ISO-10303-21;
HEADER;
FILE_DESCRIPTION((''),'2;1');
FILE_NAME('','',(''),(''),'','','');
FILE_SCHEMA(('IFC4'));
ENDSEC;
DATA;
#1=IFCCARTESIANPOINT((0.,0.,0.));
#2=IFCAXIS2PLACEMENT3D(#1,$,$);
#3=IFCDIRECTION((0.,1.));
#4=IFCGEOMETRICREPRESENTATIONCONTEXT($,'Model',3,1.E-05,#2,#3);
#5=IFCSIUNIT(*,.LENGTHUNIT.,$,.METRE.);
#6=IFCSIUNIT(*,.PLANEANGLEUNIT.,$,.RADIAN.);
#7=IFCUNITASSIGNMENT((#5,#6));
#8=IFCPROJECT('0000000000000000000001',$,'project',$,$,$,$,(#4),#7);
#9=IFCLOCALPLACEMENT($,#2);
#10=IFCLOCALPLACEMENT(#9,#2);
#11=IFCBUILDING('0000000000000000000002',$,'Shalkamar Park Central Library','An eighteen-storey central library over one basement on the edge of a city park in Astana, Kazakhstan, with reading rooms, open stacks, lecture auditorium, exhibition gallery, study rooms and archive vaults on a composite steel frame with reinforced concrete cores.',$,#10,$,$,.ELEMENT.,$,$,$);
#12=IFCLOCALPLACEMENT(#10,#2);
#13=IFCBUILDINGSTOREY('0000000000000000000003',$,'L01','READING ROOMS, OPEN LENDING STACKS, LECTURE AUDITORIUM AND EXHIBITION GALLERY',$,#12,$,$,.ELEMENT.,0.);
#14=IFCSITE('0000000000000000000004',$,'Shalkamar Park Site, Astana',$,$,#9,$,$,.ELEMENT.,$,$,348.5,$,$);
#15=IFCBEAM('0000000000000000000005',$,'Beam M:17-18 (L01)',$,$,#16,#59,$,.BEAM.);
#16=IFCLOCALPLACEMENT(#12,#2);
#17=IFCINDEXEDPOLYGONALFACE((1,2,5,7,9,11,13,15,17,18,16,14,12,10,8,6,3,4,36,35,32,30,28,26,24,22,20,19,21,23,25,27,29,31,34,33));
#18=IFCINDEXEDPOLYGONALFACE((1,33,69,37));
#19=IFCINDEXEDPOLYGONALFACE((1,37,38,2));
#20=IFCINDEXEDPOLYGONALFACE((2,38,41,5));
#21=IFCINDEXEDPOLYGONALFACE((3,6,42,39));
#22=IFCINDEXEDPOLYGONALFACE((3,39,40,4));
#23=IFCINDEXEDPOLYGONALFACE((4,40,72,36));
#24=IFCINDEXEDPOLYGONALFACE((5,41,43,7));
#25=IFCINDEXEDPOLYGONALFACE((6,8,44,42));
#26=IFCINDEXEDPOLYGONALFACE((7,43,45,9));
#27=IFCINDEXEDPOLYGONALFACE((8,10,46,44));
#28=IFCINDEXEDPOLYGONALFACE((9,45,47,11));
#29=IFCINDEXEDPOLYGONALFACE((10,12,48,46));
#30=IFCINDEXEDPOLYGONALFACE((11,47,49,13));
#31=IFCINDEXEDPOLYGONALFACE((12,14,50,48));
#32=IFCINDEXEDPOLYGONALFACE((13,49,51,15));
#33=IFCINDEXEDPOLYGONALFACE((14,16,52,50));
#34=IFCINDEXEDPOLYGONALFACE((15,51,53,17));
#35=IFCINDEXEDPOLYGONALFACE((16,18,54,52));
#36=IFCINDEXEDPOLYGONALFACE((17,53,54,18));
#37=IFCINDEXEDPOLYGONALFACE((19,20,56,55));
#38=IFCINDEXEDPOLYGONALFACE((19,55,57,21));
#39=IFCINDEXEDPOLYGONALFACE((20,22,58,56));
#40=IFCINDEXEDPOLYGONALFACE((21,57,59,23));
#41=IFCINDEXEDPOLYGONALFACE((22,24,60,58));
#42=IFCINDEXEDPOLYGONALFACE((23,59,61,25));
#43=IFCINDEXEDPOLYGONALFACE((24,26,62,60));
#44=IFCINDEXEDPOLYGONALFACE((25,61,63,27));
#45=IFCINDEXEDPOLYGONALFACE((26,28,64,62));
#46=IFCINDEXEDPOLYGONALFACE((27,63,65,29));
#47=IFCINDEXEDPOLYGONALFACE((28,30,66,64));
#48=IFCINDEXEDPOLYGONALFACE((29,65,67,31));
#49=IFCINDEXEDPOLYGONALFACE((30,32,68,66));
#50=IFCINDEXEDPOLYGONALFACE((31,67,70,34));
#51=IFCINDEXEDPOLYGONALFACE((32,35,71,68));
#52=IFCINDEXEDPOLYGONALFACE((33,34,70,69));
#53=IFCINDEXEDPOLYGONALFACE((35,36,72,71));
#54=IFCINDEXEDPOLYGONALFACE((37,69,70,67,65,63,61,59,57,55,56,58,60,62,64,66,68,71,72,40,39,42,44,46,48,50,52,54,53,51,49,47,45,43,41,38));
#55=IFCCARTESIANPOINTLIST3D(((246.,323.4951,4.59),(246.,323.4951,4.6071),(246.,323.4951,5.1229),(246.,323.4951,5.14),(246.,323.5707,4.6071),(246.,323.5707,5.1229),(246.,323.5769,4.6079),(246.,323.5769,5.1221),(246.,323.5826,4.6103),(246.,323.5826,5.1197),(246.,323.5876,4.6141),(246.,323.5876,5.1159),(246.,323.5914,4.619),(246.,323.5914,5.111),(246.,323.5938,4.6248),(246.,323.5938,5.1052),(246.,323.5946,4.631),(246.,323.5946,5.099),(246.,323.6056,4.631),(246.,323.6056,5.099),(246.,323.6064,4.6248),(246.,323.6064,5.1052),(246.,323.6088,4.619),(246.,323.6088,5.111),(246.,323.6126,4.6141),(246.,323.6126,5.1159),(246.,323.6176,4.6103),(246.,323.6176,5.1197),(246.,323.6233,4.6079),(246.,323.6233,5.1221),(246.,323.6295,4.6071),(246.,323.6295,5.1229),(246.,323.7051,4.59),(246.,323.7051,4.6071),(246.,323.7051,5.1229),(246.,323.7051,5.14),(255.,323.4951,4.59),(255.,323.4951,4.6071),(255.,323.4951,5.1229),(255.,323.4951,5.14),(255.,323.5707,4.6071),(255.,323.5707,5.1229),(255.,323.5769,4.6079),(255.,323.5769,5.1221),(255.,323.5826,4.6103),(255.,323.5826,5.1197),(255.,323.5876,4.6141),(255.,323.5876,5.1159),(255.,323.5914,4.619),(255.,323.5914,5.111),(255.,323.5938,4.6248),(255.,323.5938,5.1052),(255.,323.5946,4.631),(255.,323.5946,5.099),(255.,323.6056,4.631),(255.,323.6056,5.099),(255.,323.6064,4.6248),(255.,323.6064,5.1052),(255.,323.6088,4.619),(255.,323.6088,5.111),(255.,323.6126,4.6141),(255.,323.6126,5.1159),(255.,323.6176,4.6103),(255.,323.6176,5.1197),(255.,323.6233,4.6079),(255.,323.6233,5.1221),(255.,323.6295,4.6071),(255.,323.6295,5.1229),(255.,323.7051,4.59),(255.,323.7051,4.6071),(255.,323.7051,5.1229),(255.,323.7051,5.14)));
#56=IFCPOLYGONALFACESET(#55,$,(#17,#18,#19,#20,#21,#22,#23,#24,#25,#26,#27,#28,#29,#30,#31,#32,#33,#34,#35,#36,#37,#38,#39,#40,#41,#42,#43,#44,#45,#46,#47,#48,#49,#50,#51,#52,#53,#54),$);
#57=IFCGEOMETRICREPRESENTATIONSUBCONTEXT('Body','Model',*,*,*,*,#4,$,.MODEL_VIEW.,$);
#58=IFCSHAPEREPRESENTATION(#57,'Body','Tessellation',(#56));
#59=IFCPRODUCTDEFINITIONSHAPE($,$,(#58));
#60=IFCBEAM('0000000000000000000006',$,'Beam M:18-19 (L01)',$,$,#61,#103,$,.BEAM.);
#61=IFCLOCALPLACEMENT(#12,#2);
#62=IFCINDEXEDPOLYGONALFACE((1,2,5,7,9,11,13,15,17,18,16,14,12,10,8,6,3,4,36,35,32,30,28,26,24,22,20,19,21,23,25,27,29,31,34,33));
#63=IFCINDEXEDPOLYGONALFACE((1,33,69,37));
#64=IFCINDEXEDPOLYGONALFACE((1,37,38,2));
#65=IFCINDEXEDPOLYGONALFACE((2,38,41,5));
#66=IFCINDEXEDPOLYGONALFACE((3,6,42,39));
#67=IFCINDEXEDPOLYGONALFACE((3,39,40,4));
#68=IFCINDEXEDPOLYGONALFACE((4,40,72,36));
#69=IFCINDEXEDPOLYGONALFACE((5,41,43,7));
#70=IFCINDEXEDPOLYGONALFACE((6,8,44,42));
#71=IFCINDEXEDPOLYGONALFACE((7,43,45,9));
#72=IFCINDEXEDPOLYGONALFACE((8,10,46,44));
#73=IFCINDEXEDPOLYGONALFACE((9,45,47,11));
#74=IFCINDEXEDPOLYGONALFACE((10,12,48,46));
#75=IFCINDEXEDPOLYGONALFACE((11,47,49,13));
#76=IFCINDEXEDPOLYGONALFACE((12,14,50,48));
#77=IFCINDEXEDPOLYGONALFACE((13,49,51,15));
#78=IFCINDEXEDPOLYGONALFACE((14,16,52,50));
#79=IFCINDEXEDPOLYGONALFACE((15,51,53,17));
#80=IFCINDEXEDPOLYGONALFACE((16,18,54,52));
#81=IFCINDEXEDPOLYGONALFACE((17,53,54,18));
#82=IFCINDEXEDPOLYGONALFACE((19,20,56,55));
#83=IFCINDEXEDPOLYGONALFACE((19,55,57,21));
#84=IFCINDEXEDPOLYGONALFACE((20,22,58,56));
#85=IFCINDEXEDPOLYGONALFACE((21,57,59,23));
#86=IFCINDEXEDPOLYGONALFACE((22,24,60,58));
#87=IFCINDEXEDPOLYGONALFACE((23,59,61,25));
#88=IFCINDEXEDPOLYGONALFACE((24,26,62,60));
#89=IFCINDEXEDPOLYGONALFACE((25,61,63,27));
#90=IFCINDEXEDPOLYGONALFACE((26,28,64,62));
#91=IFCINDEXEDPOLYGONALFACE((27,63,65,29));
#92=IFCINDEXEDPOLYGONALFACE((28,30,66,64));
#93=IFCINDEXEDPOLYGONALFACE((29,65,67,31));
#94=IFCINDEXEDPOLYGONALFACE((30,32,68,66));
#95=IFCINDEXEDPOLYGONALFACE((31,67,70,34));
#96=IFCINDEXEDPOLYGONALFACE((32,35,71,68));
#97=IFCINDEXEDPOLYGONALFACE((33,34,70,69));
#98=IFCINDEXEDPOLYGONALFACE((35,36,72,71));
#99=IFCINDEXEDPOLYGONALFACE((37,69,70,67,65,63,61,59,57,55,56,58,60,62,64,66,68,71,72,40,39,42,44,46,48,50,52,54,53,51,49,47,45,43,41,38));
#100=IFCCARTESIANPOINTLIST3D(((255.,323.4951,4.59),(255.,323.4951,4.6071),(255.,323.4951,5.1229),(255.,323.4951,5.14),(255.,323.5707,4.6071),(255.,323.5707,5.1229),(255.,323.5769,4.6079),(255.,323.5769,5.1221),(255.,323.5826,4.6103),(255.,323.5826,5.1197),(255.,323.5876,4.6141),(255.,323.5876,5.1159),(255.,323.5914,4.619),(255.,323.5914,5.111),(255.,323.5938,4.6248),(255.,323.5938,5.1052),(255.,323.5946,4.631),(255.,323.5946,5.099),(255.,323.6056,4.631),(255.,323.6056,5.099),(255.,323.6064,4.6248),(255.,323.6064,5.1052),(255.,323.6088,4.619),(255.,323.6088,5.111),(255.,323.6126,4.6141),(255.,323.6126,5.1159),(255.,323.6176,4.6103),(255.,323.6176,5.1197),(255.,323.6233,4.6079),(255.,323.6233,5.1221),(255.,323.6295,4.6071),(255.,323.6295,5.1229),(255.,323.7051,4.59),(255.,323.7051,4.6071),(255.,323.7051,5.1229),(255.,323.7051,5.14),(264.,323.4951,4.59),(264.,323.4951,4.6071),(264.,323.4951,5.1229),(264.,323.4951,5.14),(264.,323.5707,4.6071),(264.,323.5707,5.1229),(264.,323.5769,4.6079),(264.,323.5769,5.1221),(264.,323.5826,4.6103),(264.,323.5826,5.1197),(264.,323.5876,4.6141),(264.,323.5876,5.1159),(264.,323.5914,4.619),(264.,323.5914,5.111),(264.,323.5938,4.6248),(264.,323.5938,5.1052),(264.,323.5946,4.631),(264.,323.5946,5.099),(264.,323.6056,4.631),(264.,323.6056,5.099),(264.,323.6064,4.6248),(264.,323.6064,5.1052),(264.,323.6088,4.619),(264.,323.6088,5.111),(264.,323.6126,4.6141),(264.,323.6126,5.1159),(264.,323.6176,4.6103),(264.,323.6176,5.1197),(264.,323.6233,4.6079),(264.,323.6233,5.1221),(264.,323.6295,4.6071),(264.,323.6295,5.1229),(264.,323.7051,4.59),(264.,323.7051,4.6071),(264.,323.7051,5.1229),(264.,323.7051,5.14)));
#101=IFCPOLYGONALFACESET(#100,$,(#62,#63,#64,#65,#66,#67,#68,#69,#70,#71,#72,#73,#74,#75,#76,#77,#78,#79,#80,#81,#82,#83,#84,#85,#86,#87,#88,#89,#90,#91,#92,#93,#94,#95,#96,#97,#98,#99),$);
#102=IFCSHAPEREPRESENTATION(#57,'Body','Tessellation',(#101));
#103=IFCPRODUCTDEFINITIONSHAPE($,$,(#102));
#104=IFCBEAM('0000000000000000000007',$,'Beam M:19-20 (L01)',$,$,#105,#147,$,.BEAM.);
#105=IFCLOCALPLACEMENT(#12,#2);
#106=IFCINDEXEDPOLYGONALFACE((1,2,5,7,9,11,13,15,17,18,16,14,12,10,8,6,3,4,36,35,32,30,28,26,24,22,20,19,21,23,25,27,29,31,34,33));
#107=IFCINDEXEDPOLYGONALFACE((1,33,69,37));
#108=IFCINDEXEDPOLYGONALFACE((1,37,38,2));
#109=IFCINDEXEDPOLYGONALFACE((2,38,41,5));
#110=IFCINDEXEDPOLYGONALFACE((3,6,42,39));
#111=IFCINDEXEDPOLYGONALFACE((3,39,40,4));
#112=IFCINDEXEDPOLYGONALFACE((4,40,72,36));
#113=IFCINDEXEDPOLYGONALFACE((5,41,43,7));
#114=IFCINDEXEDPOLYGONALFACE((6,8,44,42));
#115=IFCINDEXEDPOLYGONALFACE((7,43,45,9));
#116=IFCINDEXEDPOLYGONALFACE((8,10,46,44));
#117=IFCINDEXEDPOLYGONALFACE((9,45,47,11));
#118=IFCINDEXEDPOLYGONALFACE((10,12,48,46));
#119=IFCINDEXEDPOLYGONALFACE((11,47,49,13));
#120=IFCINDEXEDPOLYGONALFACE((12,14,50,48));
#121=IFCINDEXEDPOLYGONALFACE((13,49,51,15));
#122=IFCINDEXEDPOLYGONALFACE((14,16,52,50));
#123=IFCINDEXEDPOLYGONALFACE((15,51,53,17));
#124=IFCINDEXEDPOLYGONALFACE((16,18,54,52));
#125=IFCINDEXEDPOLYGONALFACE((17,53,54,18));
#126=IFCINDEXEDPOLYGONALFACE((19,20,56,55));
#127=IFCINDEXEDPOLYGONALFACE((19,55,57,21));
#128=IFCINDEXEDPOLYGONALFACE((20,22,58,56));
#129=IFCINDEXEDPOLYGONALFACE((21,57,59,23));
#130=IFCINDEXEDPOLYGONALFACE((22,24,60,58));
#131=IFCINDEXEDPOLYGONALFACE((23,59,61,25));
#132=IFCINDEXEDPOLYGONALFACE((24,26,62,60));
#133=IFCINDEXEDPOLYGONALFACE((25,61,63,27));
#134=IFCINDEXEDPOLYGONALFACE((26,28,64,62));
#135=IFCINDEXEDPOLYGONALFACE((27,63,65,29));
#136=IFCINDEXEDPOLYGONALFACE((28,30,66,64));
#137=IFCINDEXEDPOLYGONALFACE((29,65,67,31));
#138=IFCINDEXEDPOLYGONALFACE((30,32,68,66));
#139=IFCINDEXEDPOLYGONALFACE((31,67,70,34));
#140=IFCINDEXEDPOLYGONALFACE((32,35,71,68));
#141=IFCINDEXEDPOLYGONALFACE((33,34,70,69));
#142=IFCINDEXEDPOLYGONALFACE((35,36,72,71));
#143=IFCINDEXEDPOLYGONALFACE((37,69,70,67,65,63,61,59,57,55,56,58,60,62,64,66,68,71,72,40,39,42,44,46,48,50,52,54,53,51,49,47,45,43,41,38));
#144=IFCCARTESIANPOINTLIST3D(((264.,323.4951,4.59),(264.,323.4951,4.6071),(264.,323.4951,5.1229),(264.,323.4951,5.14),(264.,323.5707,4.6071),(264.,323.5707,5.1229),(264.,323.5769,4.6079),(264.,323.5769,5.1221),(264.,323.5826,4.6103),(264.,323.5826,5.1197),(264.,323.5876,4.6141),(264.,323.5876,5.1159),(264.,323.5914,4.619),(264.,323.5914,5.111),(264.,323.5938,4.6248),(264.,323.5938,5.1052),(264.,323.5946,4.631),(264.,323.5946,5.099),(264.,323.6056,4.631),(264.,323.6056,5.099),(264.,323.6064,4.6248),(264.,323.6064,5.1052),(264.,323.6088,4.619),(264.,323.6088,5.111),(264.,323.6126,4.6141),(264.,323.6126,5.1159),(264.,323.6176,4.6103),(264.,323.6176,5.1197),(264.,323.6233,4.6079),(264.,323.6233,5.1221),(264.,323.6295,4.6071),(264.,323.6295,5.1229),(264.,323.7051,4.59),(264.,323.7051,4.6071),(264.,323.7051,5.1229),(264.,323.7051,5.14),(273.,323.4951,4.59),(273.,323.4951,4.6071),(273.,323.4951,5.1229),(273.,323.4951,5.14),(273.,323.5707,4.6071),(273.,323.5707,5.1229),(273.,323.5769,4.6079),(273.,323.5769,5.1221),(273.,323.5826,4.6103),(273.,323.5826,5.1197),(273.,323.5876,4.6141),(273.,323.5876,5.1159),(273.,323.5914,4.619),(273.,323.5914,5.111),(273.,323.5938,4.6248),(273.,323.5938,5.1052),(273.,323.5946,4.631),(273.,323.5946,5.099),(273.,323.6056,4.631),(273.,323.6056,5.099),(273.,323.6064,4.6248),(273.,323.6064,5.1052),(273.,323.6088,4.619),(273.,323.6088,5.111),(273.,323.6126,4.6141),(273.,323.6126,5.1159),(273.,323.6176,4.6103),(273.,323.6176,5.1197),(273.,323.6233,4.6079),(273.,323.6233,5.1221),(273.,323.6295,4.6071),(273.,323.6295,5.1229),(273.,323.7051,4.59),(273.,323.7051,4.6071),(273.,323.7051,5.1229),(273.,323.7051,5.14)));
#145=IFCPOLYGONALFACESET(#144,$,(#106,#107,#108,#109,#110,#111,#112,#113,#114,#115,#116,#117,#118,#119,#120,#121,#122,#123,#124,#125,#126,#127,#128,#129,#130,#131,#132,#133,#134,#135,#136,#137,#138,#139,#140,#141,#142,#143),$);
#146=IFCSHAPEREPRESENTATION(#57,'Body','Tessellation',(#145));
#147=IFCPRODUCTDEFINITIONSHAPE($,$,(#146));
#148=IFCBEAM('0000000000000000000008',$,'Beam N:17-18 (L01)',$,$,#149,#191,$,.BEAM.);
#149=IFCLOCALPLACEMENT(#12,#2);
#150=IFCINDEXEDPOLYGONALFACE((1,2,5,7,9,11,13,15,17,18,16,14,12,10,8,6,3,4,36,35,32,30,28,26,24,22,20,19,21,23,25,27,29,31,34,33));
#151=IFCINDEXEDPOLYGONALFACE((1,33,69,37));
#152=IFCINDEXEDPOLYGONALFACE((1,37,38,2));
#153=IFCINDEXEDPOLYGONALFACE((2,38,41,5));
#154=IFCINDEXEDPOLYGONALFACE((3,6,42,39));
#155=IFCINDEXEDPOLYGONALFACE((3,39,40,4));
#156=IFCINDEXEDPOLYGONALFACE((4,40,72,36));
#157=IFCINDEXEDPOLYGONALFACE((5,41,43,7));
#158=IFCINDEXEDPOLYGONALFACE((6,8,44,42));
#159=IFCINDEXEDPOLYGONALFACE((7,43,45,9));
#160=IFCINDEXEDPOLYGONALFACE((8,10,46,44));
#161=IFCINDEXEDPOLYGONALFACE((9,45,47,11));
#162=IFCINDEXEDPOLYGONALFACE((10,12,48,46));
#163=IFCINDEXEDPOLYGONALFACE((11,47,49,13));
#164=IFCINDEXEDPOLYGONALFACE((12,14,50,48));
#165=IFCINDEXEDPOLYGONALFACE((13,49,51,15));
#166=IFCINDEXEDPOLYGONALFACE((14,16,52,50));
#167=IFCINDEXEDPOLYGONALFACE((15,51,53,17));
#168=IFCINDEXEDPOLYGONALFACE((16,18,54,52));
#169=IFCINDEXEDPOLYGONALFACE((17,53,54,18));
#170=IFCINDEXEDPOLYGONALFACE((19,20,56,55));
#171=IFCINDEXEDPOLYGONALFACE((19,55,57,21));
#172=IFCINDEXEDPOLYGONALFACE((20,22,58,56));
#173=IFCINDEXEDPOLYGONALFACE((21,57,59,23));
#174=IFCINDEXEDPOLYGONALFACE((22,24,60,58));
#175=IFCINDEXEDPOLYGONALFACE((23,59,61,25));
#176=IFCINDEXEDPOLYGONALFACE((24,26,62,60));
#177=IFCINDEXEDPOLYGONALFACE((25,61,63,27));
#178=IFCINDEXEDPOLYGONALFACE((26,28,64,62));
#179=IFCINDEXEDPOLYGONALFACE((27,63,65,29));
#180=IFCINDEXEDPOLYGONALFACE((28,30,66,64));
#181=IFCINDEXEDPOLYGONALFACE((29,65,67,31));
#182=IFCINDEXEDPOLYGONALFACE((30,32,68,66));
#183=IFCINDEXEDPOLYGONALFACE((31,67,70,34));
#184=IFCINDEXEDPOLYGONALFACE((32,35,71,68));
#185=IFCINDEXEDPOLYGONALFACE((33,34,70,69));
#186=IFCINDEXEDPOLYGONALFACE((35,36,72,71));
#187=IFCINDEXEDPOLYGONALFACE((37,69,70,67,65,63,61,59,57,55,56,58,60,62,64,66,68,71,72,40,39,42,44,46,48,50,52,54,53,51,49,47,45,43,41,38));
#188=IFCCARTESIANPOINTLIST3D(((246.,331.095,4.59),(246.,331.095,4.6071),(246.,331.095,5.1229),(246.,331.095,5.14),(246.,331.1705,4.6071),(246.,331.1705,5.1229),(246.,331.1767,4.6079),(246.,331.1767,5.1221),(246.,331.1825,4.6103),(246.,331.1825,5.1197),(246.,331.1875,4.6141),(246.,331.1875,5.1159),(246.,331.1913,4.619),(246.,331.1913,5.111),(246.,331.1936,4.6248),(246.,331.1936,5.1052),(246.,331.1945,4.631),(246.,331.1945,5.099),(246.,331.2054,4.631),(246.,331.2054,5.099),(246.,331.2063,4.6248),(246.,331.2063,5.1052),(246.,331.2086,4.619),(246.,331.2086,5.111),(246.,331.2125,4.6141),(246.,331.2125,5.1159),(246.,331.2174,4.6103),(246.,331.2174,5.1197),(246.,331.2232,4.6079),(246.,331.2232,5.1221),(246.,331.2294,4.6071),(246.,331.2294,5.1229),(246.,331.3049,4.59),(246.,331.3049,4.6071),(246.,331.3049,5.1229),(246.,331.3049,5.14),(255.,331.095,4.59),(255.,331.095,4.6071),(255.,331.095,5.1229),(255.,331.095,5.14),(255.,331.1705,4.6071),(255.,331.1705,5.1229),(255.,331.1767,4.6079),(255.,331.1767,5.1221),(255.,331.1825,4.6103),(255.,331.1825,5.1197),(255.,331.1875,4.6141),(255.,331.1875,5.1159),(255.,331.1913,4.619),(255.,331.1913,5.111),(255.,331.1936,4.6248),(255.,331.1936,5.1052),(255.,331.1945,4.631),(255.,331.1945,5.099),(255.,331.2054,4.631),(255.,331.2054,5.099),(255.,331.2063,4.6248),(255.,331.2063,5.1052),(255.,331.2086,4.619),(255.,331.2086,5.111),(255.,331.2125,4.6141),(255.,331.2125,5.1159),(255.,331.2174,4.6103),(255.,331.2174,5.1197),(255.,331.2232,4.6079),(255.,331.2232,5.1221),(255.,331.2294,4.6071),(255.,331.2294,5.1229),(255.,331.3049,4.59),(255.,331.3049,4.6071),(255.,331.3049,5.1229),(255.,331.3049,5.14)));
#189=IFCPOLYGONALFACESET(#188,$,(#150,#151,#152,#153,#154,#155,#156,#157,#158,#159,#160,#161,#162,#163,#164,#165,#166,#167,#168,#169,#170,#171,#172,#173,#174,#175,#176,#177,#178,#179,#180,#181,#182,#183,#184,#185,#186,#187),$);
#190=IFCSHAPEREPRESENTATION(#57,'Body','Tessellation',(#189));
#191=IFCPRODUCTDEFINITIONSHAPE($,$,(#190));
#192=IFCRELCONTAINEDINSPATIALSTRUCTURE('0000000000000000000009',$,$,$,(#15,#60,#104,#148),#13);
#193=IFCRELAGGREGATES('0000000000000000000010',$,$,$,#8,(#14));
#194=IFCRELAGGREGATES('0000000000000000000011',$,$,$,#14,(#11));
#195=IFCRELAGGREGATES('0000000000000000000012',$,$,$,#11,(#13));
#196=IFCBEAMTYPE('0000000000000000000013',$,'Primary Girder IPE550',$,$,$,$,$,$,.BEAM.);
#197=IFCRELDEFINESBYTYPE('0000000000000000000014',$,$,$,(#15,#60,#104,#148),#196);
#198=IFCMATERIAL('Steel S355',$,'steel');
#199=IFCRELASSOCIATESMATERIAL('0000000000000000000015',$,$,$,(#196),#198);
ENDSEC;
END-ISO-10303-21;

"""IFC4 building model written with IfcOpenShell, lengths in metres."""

from ifc_helpers import new_model, si_unit, direction, frame, origin, origin_2d, place, context, subcontext, project, spatial, i_section, extrude, material, material_profile, profile_set, type_object, element, save


model = new_model("IFC4")

# Units and contexts
model_context = context("Model", 3, precision=1e-05, world=origin(), true_north=direction((0.0, 1.0)))
body_context = subcontext(model_context, "Body", "Model", "MODEL_VIEW")
ifc_project = project(units=[si_unit("LENGTHUNIT", "METRE"), si_unit("PLANEANGLEUNIT", "RADIAN")], contexts=[model_context])

# Site, building, storey
site_placement = place(None, origin())
site = spatial("IfcSite", under=ifc_project, at=site_placement, Name="Shalkamar Park Site, Astana", CompositionType="ELEMENT", RefElevation=348.5)
building_placement = place(site_placement, origin())
building = spatial("IfcBuilding", under=site, at=building_placement, Name="Shalkamar Park Central Library", Description="An eighteen-storey central library over one basement on the edge of a city park in Astana, Kazakhstan, with reading rooms, open stacks, lecture auditorium, exhibition gallery, study rooms and archive vaults on a composite steel frame with reinforced concrete cores.", CompositionType="ELEMENT")
storey_placement = place(building_placement, origin())
storey = spatial("IfcBuildingStorey", under=building, at=storey_placement, Name="L01", Description="READING ROOMS, OPEN LENDING STACKS, LECTURE AUDITORIUM AND EXHIBITION GALLERY", CompositionType="ELEMENT", Elevation=0.0)

# Shared definitions
ifc_material_1 = material(Name="Steel S355", Category="steel")

# Beams
ifc_material_profile_1 = material_profile(ifc_material_1, i_section(OverallWidth=0.21, OverallDepth=0.55, WebThickness=0.011, FlangeThickness=0.0171, FilletRadius=0.0239, at=origin_2d()), Name="IPE 550")
ifc_profile_set_1 = profile_set([ifc_material_profile_1], Name="Steel S355")
beam_type_1 = type_object("IfcBeamType", Name="Primary Girder IPE550", PredefinedType="BEAM", material=ifc_profile_set_1)
for number, where, z_axis, x_axis, name in (
    (1, (246.0, 323.6001, 4.865), (1.0, 0.0, 0.0), (0.0, 1.0, 0.0), "Beam M:17-18 (L01)"),
    (2, (255.0, 323.6001, 4.865), (1.0, 0.0, 0.0), (0.0, 1.0, 0.0), "Beam M:18-19 (L01)"),
    (3, (264.0, 323.6001, 4.865), (1.0, 0.0, 0.0), (0.0, 1.0, 0.0), "Beam M:19-20 (L01)"),
    (4, (246.0, 331.2, 4.865), (1.0, 0.0, 0.0), (0.0, 1.0, 0.0), "Beam N:17-18 (L01)"),
):
    element("IfcBeam", number, at=place(storey_placement, frame(where, z_axis=z_axis, x_axis=x_axis)), inside=storey, type_object=beam_type_1, Name=name, PredefinedType="BEAM", context=body_context, shape_type="SweptSolid", body=[
        extrude(i_section(OverallWidth=0.21, OverallDepth=0.55, WebThickness=0.011, FlangeThickness=0.0171, FilletRadius=0.0239, at=origin_2d()), origin(), (0.0, 0.0, 1.0), 9.0),
    ])

save(model, "model.ifc")
